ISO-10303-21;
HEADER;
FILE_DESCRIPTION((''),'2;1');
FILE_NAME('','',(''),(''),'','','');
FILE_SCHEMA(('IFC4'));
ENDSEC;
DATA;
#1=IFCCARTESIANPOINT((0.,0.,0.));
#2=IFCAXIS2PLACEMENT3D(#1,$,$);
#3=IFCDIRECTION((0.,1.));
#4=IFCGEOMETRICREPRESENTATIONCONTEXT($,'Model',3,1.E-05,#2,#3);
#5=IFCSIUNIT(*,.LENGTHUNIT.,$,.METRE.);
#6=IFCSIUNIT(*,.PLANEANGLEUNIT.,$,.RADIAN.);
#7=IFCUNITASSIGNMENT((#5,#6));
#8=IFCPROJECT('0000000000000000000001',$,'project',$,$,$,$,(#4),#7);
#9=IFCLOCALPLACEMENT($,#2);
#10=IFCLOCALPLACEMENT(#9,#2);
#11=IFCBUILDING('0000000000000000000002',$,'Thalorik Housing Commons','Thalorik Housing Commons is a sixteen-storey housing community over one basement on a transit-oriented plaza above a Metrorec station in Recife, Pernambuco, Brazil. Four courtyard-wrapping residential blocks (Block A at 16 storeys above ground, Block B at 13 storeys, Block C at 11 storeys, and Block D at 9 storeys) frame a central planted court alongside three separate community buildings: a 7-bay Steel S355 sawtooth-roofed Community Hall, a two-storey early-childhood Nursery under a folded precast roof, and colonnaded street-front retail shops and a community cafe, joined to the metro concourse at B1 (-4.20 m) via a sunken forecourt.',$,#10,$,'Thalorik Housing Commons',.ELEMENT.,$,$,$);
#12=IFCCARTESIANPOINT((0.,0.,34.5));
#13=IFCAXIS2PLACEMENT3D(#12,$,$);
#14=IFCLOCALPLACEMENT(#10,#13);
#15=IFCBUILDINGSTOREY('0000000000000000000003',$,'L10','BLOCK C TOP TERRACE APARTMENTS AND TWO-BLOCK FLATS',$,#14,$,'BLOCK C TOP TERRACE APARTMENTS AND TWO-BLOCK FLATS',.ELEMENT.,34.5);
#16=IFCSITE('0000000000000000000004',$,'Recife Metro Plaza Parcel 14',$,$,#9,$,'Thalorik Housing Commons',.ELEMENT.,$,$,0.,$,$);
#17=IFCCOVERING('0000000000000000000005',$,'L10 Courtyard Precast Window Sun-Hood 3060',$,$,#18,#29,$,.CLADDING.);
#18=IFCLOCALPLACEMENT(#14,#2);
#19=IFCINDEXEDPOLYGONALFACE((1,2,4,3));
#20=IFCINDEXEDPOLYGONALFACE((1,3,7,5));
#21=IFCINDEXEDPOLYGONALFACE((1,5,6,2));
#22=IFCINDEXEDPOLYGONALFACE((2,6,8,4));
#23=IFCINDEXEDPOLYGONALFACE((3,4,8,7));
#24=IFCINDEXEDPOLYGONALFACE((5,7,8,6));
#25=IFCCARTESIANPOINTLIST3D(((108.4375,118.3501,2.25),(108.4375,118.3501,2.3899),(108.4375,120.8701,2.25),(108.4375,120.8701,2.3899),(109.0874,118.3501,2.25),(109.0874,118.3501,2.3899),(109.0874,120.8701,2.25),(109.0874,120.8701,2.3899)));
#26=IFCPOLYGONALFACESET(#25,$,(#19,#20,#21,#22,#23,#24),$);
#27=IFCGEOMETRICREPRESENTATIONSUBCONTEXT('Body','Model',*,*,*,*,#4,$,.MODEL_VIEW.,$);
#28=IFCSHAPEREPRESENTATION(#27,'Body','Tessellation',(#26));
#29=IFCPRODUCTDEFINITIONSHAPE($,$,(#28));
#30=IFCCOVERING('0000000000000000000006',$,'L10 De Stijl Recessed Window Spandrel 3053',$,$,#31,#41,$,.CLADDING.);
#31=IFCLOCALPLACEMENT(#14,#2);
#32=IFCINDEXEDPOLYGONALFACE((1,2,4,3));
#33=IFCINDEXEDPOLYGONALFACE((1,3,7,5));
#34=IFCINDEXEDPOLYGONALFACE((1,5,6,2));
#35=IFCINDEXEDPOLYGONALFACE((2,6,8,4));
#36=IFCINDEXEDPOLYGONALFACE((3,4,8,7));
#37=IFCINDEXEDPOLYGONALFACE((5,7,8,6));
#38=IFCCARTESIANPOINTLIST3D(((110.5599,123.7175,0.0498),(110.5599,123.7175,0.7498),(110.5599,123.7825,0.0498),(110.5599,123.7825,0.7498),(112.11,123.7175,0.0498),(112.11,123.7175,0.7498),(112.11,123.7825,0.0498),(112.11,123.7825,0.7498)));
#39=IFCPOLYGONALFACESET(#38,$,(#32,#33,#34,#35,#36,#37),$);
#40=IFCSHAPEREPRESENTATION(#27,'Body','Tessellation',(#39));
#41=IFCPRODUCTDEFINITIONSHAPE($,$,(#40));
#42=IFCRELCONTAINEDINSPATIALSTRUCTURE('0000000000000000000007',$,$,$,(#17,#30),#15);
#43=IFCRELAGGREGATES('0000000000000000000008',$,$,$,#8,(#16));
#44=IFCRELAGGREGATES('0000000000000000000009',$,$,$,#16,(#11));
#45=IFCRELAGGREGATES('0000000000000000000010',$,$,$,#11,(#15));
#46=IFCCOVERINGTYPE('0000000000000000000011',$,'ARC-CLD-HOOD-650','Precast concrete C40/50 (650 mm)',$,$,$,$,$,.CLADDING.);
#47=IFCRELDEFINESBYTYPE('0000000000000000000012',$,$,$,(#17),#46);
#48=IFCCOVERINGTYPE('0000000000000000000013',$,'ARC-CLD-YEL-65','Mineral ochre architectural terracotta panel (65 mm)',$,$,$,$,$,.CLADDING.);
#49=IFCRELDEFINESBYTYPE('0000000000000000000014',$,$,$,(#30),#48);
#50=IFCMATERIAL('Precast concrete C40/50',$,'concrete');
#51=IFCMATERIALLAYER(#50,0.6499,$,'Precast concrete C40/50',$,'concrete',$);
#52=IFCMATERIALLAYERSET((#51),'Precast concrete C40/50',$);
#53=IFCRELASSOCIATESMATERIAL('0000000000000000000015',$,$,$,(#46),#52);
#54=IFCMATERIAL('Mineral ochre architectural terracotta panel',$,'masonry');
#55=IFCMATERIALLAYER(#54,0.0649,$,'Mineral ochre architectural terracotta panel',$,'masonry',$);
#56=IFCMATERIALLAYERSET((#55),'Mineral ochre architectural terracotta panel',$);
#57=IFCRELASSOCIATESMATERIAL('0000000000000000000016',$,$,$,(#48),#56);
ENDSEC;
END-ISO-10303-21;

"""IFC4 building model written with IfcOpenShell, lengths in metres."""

from ifc_helpers import new_model, si_unit, direction, frame, origin, origin_2d, place, context, subcontext, project, spatial, rectangle, extrude, material, layer, layer_set, type_object, element, save


model = new_model("IFC4")

# Units and contexts
model_context = context("Model", 3, precision=1e-05, world=origin(), true_north=direction((0.0, 1.0)))
body_context = subcontext(model_context, "Body", "Model", "MODEL_VIEW")
ifc_project = project(units=[si_unit("LENGTHUNIT", "METRE"), si_unit("PLANEANGLEUNIT", "RADIAN")], contexts=[model_context])

# Site, building, storey
site_placement = place(None, origin())
site = spatial("IfcSite", under=ifc_project, at=site_placement, Name="Recife Metro Plaza Parcel 14", LongName="Thalorik Housing Commons", CompositionType="ELEMENT", RefElevation=0.0)
building_placement = place(site_placement, origin())
building = spatial("IfcBuilding", under=site, at=building_placement, Name="Thalorik Housing Commons", Description="Thalorik Housing Commons is a sixteen-storey housing community over one basement on a transit-oriented plaza above a Metrorec station in Recife, Pernambuco, Brazil. Four courtyard-wrapping residential blocks (Block A at 16 storeys above ground, Block B at 13 storeys, Block C at 11 storeys, and Block D at 9 storeys) frame a central planted court alongside three separate community buildings: a 7-bay Steel S355 sawtooth-roofed Community Hall, a two-storey early-childhood Nursery under a folded precast roof, and colonnaded street-front retail shops and a community cafe, joined to the metro concourse at B1 (-4.20 m) via a sunken forecourt.", LongName="Thalorik Housing Commons", CompositionType="ELEMENT")
storey_placement = place(building_placement, frame((0.0, 0.0, 34.5)))
storey = spatial("IfcBuildingStorey", under=building, at=storey_placement, Name="L10", Description="BLOCK C TOP TERRACE APARTMENTS AND TWO-BLOCK FLATS", LongName="BLOCK C TOP TERRACE APARTMENTS AND TWO-BLOCK FLATS", CompositionType="ELEMENT", Elevation=34.5)

# Shared definitions
ifc_material_1 = material(Name="Precast concrete C40/50", Category="concrete")

# Coverings
ifc_layer_1 = layer(ifc_material_1, 0.6499, Name="Precast concrete C40/50", Category="concrete")
ifc_layer_set_1 = layer_set([ifc_layer_1], Name="Precast concrete C40/50")
covering_type_1 = type_object("IfcCoveringType", Name="ARC-CLD-HOOD-650", Description="Precast concrete C40/50 (650 mm)", PredefinedType="CLADDING", material=ifc_layer_set_1)
covering_1_placement = place(storey_placement, frame((108.7625, 119.6101, 2.25), z_axis=(0.0, 0.0, 1.0), x_axis=(0.0, -1.0, 0.0)))
element("IfcCovering", 1, at=covering_1_placement, inside=storey, type_object=covering_type_1, Name="L10 Courtyard Precast Window Sun-Hood 3060", PredefinedType="CLADDING", context=body_context, shape_type="SweptSolid", body=[
    extrude(rectangle(XDim=2.52, YDim=0.6499, at=origin_2d()), origin(), (0.0, 0.0, 1.0), 0.1399),
])
ifc_material_2 = material(Name="Mineral ochre architectural terracotta panel", Category="masonry")
ifc_layer_2 = layer(ifc_material_2, 0.0649, Name="Mineral ochre architectural terracotta panel", Category="masonry")
ifc_layer_set_2 = layer_set([ifc_layer_2], Name="Mineral ochre architectural terracotta panel")
covering_type_2 = type_object("IfcCoveringType", Name="ARC-CLD-YEL-65", Description="Mineral ochre architectural terracotta panel (65 mm)", PredefinedType="CLADDING", material=ifc_layer_set_2)
covering_2_placement = place(storey_placement, frame((111.335, 123.75, 0.0498), z_axis=(0.0, 0.0, 1.0), x_axis=(-1.0, 0.0, 0.0)))
element("IfcCovering", 2, at=covering_2_placement, inside=storey, type_object=covering_type_2, Name="L10 De Stijl Recessed Window Spandrel 3053", PredefinedType="CLADDING", context=body_context, shape_type="SweptSolid", body=[
    extrude(rectangle(XDim=1.55, YDim=0.0649, at=origin_2d()), origin(), (0.0, 0.0, 1.0), 0.7),
])

save(model, "model.ifc")
